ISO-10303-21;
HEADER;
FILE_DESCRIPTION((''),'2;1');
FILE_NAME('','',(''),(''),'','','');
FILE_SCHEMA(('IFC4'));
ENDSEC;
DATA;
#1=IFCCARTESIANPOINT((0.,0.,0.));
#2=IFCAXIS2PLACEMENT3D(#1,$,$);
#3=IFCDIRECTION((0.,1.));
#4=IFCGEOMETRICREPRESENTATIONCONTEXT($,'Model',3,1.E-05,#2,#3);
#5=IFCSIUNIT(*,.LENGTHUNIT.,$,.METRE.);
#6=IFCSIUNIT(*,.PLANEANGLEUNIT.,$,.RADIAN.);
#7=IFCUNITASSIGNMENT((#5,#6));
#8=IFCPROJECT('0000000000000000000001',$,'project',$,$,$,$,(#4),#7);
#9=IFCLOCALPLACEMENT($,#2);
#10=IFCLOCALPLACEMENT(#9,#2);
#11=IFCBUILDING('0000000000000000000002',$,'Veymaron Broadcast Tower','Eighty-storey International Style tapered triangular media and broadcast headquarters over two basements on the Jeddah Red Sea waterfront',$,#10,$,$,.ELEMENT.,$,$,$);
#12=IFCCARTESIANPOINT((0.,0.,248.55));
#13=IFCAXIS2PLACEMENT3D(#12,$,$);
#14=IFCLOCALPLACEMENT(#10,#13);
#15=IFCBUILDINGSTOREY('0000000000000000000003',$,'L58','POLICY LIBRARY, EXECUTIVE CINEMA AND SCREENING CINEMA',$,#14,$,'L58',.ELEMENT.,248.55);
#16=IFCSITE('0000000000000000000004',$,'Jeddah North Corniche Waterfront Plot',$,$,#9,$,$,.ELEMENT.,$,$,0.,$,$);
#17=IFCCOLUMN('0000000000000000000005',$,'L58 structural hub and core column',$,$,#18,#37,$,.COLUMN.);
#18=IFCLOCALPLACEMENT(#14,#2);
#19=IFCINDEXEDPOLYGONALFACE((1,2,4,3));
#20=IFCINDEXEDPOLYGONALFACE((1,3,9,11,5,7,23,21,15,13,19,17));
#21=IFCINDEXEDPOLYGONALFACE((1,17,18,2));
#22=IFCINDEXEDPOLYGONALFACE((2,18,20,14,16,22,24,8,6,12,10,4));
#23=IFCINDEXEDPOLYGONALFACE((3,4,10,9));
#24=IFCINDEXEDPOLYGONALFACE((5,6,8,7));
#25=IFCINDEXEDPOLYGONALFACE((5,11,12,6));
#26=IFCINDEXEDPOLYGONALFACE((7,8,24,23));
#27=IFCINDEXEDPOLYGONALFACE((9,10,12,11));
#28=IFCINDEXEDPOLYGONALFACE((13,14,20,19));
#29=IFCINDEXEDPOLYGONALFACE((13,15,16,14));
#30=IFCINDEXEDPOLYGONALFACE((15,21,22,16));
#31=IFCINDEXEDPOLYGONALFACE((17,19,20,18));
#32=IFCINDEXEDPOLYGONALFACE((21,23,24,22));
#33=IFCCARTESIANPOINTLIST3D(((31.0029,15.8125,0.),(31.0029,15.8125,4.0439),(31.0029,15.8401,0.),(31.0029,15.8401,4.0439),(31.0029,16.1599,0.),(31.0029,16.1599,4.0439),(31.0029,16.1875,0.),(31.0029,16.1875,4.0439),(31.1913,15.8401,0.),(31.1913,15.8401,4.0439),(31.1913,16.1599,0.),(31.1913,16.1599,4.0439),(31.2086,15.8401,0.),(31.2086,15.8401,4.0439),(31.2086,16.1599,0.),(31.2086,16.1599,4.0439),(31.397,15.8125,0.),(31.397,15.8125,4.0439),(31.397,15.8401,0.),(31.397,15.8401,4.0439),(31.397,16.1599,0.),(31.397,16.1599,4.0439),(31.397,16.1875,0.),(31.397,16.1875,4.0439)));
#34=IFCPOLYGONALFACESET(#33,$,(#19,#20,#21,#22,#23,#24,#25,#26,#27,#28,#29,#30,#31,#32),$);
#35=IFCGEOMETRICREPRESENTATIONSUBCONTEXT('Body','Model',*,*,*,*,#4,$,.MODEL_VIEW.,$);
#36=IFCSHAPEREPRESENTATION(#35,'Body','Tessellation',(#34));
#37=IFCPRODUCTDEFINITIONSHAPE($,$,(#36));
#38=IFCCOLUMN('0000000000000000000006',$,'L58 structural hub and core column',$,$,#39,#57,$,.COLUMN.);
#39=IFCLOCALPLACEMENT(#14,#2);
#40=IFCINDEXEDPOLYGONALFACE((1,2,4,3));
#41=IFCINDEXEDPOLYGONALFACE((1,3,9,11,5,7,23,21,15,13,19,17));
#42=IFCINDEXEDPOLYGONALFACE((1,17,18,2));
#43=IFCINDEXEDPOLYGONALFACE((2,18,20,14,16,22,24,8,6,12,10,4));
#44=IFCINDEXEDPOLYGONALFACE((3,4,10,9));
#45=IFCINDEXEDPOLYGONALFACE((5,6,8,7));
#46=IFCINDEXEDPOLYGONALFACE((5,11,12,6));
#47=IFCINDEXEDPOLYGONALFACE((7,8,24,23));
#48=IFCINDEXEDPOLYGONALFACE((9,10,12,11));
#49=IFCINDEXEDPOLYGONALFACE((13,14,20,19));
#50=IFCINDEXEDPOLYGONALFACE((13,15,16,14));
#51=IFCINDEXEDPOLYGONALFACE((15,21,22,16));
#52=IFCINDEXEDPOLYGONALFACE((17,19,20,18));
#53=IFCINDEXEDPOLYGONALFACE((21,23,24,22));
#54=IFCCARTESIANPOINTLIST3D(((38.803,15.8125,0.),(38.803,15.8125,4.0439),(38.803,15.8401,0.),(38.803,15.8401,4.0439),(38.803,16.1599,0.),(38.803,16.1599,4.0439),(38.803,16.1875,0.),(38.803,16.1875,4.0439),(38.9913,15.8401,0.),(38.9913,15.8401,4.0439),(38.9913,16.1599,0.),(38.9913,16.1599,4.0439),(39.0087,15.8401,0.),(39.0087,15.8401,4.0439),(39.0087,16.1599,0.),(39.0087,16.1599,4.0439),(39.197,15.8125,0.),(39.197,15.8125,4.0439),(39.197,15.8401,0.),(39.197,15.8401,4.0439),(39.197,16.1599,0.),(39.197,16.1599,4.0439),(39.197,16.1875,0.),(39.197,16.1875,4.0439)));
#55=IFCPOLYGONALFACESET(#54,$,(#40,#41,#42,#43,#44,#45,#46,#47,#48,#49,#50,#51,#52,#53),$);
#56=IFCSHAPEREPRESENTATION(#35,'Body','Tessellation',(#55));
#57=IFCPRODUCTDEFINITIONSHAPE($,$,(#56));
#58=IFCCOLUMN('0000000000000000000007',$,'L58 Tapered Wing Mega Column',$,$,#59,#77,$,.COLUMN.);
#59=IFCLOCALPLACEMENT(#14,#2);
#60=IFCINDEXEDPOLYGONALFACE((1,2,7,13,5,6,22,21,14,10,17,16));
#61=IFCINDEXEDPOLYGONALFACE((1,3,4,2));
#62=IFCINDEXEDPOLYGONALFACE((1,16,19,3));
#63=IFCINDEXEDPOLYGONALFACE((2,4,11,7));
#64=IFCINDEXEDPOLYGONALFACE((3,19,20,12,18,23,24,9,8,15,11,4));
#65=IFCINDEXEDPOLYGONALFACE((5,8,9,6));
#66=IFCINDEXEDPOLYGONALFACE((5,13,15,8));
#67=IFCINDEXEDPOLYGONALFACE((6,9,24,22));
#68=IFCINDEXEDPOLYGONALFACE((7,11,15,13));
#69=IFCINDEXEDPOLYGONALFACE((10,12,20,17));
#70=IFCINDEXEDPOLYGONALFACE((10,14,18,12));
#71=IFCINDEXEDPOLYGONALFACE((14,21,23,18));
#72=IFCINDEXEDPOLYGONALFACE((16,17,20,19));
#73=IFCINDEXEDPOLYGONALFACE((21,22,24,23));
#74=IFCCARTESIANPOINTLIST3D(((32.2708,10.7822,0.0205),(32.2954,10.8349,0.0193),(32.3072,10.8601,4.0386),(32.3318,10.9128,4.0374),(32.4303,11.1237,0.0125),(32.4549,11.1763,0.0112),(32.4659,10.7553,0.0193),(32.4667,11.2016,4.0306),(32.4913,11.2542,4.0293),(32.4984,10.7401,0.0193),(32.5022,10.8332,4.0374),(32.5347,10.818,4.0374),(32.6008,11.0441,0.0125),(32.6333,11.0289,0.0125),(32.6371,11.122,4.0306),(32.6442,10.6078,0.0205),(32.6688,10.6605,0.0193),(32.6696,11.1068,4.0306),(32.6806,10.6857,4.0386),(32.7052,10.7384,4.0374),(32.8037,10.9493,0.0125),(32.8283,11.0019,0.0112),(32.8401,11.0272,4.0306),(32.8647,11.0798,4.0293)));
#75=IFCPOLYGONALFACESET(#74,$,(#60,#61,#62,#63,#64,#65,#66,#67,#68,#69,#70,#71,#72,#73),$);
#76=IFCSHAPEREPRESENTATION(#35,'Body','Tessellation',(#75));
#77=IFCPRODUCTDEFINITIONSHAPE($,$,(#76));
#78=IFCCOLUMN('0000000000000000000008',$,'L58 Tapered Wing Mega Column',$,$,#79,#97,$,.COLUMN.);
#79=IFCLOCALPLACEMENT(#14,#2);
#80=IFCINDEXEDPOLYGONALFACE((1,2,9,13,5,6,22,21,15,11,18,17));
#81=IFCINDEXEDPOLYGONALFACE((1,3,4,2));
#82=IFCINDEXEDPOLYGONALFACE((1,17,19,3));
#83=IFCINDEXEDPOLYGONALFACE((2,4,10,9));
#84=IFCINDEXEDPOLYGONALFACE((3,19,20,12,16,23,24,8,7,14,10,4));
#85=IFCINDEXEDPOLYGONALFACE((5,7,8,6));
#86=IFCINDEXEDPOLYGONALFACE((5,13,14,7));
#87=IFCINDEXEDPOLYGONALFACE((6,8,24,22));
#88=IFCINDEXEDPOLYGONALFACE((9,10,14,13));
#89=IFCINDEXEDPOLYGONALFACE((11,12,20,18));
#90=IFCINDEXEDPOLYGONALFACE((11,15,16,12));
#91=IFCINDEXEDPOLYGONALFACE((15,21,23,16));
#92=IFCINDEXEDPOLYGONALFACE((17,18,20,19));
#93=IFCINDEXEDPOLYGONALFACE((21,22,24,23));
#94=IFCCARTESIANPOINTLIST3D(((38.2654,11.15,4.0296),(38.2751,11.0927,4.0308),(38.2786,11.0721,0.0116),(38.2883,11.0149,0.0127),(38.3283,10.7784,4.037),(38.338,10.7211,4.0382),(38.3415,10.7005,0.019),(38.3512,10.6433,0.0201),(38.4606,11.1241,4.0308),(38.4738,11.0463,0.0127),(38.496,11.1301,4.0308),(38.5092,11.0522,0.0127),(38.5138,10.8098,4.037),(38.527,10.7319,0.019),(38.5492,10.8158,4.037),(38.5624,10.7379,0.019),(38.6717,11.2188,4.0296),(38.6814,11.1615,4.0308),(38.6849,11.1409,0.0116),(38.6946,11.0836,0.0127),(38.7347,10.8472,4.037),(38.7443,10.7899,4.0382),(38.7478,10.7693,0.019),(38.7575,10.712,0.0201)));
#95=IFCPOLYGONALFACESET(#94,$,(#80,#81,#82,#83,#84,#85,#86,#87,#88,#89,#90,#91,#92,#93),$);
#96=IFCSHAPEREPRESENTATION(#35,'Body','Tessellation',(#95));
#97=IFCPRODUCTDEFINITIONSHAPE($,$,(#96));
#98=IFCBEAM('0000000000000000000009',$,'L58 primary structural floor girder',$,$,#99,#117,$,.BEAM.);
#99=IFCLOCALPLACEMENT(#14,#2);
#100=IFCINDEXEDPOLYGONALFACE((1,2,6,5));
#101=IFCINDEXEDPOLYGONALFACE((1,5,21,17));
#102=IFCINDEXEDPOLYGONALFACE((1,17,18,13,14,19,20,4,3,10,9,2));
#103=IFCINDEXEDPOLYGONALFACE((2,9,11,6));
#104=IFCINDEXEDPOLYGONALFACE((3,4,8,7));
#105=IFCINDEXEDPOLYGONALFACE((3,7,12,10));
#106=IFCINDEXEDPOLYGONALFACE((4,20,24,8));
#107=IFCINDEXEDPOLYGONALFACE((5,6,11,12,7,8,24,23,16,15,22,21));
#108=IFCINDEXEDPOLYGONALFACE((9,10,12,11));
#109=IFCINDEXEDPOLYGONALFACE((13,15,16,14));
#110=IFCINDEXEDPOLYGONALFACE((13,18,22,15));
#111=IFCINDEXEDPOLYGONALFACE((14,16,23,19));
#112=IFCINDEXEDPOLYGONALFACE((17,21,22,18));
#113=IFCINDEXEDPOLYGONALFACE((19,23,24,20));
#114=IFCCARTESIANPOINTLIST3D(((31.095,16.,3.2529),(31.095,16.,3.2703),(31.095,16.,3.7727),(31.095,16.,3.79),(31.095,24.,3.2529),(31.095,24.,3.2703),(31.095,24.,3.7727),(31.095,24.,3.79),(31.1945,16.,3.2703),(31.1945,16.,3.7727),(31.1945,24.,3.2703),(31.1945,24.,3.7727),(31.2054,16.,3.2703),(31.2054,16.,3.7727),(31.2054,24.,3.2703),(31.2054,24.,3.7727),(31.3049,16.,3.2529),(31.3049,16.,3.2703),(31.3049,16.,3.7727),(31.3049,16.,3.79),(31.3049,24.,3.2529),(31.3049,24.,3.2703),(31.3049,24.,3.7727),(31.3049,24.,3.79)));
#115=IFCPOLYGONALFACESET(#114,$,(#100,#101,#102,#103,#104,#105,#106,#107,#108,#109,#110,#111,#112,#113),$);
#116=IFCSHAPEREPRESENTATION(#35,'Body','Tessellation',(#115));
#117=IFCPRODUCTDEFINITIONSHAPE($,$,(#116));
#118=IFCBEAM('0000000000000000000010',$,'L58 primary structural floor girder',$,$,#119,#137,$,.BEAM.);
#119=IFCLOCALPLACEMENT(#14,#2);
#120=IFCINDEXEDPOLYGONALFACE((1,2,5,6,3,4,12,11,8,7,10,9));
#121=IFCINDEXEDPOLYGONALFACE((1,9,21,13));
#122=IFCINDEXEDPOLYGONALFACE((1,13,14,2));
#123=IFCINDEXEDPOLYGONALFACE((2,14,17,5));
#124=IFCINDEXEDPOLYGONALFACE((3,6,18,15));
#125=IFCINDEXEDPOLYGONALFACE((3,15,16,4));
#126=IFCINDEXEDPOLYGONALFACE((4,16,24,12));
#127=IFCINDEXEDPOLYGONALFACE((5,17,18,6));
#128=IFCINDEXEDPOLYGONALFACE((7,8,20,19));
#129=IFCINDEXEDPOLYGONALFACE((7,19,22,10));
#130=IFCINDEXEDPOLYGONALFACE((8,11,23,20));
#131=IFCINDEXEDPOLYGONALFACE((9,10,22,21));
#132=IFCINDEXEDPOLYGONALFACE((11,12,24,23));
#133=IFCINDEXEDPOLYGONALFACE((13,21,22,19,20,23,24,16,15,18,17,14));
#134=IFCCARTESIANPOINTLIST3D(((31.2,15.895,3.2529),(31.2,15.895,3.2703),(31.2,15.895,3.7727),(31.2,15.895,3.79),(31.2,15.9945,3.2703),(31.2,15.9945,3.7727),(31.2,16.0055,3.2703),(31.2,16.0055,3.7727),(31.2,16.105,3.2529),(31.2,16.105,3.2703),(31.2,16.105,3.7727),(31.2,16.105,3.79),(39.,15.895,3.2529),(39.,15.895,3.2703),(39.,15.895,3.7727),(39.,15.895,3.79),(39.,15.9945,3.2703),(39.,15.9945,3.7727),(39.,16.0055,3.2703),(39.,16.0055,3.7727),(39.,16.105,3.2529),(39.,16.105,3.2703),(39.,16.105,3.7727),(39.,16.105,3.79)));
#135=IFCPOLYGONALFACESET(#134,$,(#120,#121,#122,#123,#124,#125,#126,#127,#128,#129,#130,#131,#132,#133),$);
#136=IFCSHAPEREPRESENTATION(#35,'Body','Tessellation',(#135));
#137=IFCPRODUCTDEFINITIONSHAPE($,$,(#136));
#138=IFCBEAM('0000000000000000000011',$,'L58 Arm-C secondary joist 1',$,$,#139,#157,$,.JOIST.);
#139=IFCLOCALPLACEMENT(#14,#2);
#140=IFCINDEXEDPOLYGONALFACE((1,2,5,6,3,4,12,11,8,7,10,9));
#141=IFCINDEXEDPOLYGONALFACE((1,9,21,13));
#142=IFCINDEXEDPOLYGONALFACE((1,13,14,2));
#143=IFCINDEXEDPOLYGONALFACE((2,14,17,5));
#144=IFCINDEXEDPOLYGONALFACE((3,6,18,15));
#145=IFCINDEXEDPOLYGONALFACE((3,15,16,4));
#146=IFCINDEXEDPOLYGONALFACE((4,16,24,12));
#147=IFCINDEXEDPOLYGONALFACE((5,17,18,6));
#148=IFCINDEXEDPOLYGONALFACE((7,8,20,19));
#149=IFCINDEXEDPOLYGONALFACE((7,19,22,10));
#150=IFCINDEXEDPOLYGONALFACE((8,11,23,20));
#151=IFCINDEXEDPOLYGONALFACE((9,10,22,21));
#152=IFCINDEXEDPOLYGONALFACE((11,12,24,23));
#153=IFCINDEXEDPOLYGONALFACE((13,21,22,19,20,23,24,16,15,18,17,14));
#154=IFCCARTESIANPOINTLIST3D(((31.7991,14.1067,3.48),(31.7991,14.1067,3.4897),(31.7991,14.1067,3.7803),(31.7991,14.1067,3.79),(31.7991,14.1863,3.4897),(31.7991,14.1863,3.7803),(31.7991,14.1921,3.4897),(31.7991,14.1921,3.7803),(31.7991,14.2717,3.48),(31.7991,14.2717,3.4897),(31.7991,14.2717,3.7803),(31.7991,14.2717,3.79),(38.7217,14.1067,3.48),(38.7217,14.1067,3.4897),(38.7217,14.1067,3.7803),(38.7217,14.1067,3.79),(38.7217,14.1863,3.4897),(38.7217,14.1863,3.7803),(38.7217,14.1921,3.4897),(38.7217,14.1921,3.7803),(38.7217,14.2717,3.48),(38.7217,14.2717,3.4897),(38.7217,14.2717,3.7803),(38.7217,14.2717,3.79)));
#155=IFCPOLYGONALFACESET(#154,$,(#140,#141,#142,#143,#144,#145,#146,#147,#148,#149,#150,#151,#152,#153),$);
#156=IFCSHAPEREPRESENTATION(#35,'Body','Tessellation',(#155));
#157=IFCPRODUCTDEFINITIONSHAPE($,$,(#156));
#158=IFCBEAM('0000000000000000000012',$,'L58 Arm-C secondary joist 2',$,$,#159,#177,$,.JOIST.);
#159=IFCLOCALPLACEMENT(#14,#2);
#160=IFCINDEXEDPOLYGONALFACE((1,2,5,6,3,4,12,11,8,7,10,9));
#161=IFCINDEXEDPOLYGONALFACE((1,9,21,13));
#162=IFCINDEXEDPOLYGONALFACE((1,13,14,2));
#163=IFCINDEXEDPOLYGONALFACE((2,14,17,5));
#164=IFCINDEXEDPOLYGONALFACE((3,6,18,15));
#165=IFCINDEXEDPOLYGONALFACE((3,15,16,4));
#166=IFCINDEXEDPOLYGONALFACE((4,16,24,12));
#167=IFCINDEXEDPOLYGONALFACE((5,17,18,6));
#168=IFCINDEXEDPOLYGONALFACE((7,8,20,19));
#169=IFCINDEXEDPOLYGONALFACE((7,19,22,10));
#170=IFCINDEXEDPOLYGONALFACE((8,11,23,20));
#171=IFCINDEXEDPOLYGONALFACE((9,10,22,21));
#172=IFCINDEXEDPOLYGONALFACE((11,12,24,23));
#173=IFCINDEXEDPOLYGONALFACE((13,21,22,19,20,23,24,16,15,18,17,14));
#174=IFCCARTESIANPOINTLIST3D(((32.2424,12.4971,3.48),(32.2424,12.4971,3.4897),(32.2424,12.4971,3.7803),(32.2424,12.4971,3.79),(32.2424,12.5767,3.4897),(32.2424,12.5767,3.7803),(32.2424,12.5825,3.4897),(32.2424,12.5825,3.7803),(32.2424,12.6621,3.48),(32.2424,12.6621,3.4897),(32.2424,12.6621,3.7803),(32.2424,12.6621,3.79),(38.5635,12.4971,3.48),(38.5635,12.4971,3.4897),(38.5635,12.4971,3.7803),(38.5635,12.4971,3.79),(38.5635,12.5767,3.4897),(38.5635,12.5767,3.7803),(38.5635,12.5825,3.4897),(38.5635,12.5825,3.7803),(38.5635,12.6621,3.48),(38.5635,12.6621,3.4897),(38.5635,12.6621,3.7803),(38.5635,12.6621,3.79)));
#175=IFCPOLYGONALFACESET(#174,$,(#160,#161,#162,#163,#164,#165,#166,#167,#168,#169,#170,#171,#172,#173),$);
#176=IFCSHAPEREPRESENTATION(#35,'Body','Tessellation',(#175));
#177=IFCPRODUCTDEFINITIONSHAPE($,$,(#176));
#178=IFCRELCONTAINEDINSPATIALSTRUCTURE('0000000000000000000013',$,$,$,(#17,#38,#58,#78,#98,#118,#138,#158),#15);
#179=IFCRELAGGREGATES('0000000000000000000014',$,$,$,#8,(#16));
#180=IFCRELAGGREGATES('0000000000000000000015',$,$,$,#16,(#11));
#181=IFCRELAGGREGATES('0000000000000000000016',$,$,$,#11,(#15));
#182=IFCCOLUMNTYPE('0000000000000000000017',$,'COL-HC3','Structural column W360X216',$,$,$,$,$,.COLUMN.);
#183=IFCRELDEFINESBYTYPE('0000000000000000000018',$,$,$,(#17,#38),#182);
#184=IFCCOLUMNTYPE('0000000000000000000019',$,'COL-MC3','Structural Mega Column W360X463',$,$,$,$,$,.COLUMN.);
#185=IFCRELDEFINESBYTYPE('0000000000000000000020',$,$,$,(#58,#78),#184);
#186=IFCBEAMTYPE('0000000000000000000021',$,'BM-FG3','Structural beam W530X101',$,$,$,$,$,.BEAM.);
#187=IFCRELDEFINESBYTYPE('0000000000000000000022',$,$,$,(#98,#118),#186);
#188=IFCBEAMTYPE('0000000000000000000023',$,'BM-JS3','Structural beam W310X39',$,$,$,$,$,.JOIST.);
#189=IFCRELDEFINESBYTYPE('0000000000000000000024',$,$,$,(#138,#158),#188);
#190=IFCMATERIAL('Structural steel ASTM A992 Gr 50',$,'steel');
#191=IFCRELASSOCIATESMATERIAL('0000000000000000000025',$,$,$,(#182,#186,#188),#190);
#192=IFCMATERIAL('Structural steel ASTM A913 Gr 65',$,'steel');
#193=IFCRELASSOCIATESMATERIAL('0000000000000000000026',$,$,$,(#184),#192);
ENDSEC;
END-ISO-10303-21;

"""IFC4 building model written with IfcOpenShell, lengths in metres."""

from ifc_helpers import new_model, si_unit, direction, frame, origin, origin_2d, place, context, subcontext, project, spatial, i_section, extrude, material, material_profile, profile_set, type_object, element, save


model = new_model("IFC4")

# Units and contexts
model_context = context("Model", 3, precision=1e-05, world=origin(), true_north=direction((0.0, 1.0)))
body_context = subcontext(model_context, "Body", "Model", "MODEL_VIEW")
ifc_project = project(units=[si_unit("LENGTHUNIT", "METRE"), si_unit("PLANEANGLEUNIT", "RADIAN")], contexts=[model_context])

# Site, building, storey
site_placement = place(None, origin())
site = spatial("IfcSite", under=ifc_project, at=site_placement, Name="Jeddah North Corniche Waterfront Plot", CompositionType="ELEMENT", RefElevation=0.0)
building_placement = place(site_placement, origin())
building = spatial("IfcBuilding", under=site, at=building_placement, Name="Veymaron Broadcast Tower", Description="Eighty-storey International Style tapered triangular media and broadcast headquarters over two basements on the Jeddah Red Sea waterfront", CompositionType="ELEMENT")
storey_placement = place(building_placement, frame((0.0, 0.0, 248.55)))
storey = spatial("IfcBuildingStorey", under=building, at=storey_placement, Name="L58", Description="POLICY LIBRARY, EXECUTIVE CINEMA AND SCREENING CINEMA", LongName="L58", CompositionType="ELEMENT", Elevation=248.55)

# Columns
ifc_material_1 = material(Name="Structural steel ASTM A992 Gr 50", Category="steel")
ifc_material_profile_1 = material_profile(ifc_material_1, i_section(OverallWidth=0.394, OverallDepth=0.375, WebThickness=0.0173, FlangeThickness=0.0276, at=origin_2d()), Name="W360X216")
ifc_profile_set_1 = profile_set([ifc_material_profile_1], Name="Structural steel ASTM A992 Gr 50")
column_type_1 = type_object("IfcColumnType", Name="COL-HC3", Description="Structural column W360X216", PredefinedType="COLUMN", material=ifc_profile_set_1)
for number, where, z_axis, x_axis, name in (
    (1, (31.2, 16.0, 0.0), (0.0, 0.0, 1.0), (1.0, 0.0, 0.0), "L58 structural hub and core column"),
    (2, (39.0, 16.0, 0.0), (0.0, 0.0, 1.0), (1.0, 0.0, 0.0), "L58 structural hub and core column"),
):
    element("IfcColumn", number, at=place(storey_placement, frame(where, z_axis=z_axis, x_axis=x_axis)), inside=storey, type_object=column_type_1, Name=name, PredefinedType="COLUMN", context=body_context, shape_type="SweptSolid", body=[
        extrude(i_section(OverallWidth=0.394, OverallDepth=0.375, WebThickness=0.0173, FlangeThickness=0.0276, at=origin_2d()), origin(), (0.0, 0.0, 1.0), 4.0439),
    ])
ifc_material_2 = material(Name="Structural steel ASTM A913 Gr 65", Category="steel")
ifc_material_profile_2 = material_profile(ifc_material_2, i_section(OverallWidth=0.4121, OverallDepth=0.4351, WebThickness=0.0359, FlangeThickness=0.0581, at=origin_2d()), Name="W360X463")
ifc_profile_set_2 = profile_set([ifc_material_profile_2], Name="Structural steel ASTM A913 Gr 65")
column_type_2 = type_object("IfcColumnType", Name="COL-MC3", Description="Structural Mega Column W360X463", PredefinedType="COLUMN", material=ifc_profile_set_2)
column_1_placement = place(storey_placement, frame((32.5496, 10.8921, 0.0159), z_axis=(0.009051, 0.019378, 0.999771), x_axis=(-0.906038, 0.423196, 0.0)))
element("IfcColumn", 3, at=column_1_placement, inside=storey, type_object=column_type_2, Name="L58 Tapered Wing Mega Column", PredefinedType="COLUMN", context=body_context, shape_type="SweptSolid", body=[
    extrude(i_section(OverallWidth=0.4121, OverallDepth=0.4351, WebThickness=0.0359, FlangeThickness=0.0581, at=origin_2d()), origin(), (0.0, 0.0, 1.0), 4.019),
])
column_2_placement = place(storey_placement, frame((38.5181, 10.8921, 0.0159), z_axis=(-0.00328, 0.019379, 0.999807), x_axis=(-0.985973, -0.166905, 0.0)))
element("IfcColumn", 4, at=column_2_placement, inside=storey, type_object=column_type_2, Name="L58 Tapered Wing Mega Column", PredefinedType="COLUMN", context=body_context, shape_type="SweptSolid", body=[
    extrude(i_section(OverallWidth=0.4121, OverallDepth=0.4351, WebThickness=0.0359, FlangeThickness=0.0581, at=origin_2d()), origin(), (0.0, 0.0, 1.0), 4.0188),
])

# Beams
ifc_material_profile_3 = material_profile(ifc_material_1, i_section(OverallWidth=0.21, OverallDepth=0.5371, WebThickness=0.011, FlangeThickness=0.0173, at=origin_2d()), Name="W530X101")
ifc_profile_set_3 = profile_set([ifc_material_profile_3], Name="Structural steel ASTM A992 Gr 50")
beam_type_1 = type_object("IfcBeamType", Name="BM-FG3", Description="Structural beam W530X101", PredefinedType="BEAM", material=ifc_profile_set_3)
beam_1_placement = place(storey_placement, frame((31.2, 16.0, 3.5215), z_axis=(0.0, 1.0, 0.0), x_axis=(-1.0, 0.0, 0.0)))
element("IfcBeam", 5, at=beam_1_placement, inside=storey, type_object=beam_type_1, Name="L58 primary structural floor girder", PredefinedType="BEAM", context=body_context, shape_type="SweptSolid", body=[
    extrude(i_section(OverallWidth=0.21, OverallDepth=0.5371, WebThickness=0.011, FlangeThickness=0.0173, at=origin_2d()), origin(), (0.0, 0.0, 1.0), 8.0),
])
beam_2_placement = place(storey_placement, frame((31.2, 16.0, 3.5215), z_axis=(1.0, 0.0, 0.0), x_axis=(0.0, 1.0, 0.0)))
element("IfcBeam", 6, at=beam_2_placement, inside=storey, type_object=beam_type_1, Name="L58 primary structural floor girder", PredefinedType="BEAM", context=body_context, shape_type="SweptSolid", body=[
    extrude(i_section(OverallWidth=0.21, OverallDepth=0.5371, WebThickness=0.011, FlangeThickness=0.0173, at=origin_2d()), origin(), (0.0, 0.0, 1.0), 7.8),
])
ifc_material_profile_4 = material_profile(ifc_material_1, i_section(OverallWidth=0.165, OverallDepth=0.3101, WebThickness=0.0059, FlangeThickness=0.0098, at=origin_2d()), Name="W310X39")
ifc_profile_set_4 = profile_set([ifc_material_profile_4], Name="Structural steel ASTM A992 Gr 50")
beam_type_2 = type_object("IfcBeamType", Name="BM-JS3", Description="Structural beam W310X39", PredefinedType="JOIST", material=ifc_profile_set_4)
beam_3_placement = place(storey_placement, frame((31.7991, 14.1892, 3.635), z_axis=(1.0, 0.0, 0.0), x_axis=(0.0, 1.0, 0.0)))
element("IfcBeam", 7, at=beam_3_placement, inside=storey, type_object=beam_type_2, Name="L58 Arm-C secondary joist 1", PredefinedType="JOIST", context=body_context, shape_type="SweptSolid", body=[
    extrude(i_section(OverallWidth=0.165, OverallDepth=0.3101, WebThickness=0.0059, FlangeThickness=0.0098, at=origin_2d()), origin(), (0.0, 0.0, 1.0), 6.9226),
])
beam_4_placement = place(storey_placement, frame((32.2424, 12.5796, 3.635), z_axis=(1.0, 0.0, 0.0), x_axis=(0.0, 1.0, 0.0)))
element("IfcBeam", 8, at=beam_4_placement, inside=storey, type_object=beam_type_2, Name="L58 Arm-C secondary joist 2", PredefinedType="JOIST", context=body_context, shape_type="SweptSolid", body=[
    extrude(i_section(OverallWidth=0.165, OverallDepth=0.3101, WebThickness=0.0059, FlangeThickness=0.0098, at=origin_2d()), origin(), (0.0, 0.0, 1.0), 6.321),
])

save(model, "model.ifc")
